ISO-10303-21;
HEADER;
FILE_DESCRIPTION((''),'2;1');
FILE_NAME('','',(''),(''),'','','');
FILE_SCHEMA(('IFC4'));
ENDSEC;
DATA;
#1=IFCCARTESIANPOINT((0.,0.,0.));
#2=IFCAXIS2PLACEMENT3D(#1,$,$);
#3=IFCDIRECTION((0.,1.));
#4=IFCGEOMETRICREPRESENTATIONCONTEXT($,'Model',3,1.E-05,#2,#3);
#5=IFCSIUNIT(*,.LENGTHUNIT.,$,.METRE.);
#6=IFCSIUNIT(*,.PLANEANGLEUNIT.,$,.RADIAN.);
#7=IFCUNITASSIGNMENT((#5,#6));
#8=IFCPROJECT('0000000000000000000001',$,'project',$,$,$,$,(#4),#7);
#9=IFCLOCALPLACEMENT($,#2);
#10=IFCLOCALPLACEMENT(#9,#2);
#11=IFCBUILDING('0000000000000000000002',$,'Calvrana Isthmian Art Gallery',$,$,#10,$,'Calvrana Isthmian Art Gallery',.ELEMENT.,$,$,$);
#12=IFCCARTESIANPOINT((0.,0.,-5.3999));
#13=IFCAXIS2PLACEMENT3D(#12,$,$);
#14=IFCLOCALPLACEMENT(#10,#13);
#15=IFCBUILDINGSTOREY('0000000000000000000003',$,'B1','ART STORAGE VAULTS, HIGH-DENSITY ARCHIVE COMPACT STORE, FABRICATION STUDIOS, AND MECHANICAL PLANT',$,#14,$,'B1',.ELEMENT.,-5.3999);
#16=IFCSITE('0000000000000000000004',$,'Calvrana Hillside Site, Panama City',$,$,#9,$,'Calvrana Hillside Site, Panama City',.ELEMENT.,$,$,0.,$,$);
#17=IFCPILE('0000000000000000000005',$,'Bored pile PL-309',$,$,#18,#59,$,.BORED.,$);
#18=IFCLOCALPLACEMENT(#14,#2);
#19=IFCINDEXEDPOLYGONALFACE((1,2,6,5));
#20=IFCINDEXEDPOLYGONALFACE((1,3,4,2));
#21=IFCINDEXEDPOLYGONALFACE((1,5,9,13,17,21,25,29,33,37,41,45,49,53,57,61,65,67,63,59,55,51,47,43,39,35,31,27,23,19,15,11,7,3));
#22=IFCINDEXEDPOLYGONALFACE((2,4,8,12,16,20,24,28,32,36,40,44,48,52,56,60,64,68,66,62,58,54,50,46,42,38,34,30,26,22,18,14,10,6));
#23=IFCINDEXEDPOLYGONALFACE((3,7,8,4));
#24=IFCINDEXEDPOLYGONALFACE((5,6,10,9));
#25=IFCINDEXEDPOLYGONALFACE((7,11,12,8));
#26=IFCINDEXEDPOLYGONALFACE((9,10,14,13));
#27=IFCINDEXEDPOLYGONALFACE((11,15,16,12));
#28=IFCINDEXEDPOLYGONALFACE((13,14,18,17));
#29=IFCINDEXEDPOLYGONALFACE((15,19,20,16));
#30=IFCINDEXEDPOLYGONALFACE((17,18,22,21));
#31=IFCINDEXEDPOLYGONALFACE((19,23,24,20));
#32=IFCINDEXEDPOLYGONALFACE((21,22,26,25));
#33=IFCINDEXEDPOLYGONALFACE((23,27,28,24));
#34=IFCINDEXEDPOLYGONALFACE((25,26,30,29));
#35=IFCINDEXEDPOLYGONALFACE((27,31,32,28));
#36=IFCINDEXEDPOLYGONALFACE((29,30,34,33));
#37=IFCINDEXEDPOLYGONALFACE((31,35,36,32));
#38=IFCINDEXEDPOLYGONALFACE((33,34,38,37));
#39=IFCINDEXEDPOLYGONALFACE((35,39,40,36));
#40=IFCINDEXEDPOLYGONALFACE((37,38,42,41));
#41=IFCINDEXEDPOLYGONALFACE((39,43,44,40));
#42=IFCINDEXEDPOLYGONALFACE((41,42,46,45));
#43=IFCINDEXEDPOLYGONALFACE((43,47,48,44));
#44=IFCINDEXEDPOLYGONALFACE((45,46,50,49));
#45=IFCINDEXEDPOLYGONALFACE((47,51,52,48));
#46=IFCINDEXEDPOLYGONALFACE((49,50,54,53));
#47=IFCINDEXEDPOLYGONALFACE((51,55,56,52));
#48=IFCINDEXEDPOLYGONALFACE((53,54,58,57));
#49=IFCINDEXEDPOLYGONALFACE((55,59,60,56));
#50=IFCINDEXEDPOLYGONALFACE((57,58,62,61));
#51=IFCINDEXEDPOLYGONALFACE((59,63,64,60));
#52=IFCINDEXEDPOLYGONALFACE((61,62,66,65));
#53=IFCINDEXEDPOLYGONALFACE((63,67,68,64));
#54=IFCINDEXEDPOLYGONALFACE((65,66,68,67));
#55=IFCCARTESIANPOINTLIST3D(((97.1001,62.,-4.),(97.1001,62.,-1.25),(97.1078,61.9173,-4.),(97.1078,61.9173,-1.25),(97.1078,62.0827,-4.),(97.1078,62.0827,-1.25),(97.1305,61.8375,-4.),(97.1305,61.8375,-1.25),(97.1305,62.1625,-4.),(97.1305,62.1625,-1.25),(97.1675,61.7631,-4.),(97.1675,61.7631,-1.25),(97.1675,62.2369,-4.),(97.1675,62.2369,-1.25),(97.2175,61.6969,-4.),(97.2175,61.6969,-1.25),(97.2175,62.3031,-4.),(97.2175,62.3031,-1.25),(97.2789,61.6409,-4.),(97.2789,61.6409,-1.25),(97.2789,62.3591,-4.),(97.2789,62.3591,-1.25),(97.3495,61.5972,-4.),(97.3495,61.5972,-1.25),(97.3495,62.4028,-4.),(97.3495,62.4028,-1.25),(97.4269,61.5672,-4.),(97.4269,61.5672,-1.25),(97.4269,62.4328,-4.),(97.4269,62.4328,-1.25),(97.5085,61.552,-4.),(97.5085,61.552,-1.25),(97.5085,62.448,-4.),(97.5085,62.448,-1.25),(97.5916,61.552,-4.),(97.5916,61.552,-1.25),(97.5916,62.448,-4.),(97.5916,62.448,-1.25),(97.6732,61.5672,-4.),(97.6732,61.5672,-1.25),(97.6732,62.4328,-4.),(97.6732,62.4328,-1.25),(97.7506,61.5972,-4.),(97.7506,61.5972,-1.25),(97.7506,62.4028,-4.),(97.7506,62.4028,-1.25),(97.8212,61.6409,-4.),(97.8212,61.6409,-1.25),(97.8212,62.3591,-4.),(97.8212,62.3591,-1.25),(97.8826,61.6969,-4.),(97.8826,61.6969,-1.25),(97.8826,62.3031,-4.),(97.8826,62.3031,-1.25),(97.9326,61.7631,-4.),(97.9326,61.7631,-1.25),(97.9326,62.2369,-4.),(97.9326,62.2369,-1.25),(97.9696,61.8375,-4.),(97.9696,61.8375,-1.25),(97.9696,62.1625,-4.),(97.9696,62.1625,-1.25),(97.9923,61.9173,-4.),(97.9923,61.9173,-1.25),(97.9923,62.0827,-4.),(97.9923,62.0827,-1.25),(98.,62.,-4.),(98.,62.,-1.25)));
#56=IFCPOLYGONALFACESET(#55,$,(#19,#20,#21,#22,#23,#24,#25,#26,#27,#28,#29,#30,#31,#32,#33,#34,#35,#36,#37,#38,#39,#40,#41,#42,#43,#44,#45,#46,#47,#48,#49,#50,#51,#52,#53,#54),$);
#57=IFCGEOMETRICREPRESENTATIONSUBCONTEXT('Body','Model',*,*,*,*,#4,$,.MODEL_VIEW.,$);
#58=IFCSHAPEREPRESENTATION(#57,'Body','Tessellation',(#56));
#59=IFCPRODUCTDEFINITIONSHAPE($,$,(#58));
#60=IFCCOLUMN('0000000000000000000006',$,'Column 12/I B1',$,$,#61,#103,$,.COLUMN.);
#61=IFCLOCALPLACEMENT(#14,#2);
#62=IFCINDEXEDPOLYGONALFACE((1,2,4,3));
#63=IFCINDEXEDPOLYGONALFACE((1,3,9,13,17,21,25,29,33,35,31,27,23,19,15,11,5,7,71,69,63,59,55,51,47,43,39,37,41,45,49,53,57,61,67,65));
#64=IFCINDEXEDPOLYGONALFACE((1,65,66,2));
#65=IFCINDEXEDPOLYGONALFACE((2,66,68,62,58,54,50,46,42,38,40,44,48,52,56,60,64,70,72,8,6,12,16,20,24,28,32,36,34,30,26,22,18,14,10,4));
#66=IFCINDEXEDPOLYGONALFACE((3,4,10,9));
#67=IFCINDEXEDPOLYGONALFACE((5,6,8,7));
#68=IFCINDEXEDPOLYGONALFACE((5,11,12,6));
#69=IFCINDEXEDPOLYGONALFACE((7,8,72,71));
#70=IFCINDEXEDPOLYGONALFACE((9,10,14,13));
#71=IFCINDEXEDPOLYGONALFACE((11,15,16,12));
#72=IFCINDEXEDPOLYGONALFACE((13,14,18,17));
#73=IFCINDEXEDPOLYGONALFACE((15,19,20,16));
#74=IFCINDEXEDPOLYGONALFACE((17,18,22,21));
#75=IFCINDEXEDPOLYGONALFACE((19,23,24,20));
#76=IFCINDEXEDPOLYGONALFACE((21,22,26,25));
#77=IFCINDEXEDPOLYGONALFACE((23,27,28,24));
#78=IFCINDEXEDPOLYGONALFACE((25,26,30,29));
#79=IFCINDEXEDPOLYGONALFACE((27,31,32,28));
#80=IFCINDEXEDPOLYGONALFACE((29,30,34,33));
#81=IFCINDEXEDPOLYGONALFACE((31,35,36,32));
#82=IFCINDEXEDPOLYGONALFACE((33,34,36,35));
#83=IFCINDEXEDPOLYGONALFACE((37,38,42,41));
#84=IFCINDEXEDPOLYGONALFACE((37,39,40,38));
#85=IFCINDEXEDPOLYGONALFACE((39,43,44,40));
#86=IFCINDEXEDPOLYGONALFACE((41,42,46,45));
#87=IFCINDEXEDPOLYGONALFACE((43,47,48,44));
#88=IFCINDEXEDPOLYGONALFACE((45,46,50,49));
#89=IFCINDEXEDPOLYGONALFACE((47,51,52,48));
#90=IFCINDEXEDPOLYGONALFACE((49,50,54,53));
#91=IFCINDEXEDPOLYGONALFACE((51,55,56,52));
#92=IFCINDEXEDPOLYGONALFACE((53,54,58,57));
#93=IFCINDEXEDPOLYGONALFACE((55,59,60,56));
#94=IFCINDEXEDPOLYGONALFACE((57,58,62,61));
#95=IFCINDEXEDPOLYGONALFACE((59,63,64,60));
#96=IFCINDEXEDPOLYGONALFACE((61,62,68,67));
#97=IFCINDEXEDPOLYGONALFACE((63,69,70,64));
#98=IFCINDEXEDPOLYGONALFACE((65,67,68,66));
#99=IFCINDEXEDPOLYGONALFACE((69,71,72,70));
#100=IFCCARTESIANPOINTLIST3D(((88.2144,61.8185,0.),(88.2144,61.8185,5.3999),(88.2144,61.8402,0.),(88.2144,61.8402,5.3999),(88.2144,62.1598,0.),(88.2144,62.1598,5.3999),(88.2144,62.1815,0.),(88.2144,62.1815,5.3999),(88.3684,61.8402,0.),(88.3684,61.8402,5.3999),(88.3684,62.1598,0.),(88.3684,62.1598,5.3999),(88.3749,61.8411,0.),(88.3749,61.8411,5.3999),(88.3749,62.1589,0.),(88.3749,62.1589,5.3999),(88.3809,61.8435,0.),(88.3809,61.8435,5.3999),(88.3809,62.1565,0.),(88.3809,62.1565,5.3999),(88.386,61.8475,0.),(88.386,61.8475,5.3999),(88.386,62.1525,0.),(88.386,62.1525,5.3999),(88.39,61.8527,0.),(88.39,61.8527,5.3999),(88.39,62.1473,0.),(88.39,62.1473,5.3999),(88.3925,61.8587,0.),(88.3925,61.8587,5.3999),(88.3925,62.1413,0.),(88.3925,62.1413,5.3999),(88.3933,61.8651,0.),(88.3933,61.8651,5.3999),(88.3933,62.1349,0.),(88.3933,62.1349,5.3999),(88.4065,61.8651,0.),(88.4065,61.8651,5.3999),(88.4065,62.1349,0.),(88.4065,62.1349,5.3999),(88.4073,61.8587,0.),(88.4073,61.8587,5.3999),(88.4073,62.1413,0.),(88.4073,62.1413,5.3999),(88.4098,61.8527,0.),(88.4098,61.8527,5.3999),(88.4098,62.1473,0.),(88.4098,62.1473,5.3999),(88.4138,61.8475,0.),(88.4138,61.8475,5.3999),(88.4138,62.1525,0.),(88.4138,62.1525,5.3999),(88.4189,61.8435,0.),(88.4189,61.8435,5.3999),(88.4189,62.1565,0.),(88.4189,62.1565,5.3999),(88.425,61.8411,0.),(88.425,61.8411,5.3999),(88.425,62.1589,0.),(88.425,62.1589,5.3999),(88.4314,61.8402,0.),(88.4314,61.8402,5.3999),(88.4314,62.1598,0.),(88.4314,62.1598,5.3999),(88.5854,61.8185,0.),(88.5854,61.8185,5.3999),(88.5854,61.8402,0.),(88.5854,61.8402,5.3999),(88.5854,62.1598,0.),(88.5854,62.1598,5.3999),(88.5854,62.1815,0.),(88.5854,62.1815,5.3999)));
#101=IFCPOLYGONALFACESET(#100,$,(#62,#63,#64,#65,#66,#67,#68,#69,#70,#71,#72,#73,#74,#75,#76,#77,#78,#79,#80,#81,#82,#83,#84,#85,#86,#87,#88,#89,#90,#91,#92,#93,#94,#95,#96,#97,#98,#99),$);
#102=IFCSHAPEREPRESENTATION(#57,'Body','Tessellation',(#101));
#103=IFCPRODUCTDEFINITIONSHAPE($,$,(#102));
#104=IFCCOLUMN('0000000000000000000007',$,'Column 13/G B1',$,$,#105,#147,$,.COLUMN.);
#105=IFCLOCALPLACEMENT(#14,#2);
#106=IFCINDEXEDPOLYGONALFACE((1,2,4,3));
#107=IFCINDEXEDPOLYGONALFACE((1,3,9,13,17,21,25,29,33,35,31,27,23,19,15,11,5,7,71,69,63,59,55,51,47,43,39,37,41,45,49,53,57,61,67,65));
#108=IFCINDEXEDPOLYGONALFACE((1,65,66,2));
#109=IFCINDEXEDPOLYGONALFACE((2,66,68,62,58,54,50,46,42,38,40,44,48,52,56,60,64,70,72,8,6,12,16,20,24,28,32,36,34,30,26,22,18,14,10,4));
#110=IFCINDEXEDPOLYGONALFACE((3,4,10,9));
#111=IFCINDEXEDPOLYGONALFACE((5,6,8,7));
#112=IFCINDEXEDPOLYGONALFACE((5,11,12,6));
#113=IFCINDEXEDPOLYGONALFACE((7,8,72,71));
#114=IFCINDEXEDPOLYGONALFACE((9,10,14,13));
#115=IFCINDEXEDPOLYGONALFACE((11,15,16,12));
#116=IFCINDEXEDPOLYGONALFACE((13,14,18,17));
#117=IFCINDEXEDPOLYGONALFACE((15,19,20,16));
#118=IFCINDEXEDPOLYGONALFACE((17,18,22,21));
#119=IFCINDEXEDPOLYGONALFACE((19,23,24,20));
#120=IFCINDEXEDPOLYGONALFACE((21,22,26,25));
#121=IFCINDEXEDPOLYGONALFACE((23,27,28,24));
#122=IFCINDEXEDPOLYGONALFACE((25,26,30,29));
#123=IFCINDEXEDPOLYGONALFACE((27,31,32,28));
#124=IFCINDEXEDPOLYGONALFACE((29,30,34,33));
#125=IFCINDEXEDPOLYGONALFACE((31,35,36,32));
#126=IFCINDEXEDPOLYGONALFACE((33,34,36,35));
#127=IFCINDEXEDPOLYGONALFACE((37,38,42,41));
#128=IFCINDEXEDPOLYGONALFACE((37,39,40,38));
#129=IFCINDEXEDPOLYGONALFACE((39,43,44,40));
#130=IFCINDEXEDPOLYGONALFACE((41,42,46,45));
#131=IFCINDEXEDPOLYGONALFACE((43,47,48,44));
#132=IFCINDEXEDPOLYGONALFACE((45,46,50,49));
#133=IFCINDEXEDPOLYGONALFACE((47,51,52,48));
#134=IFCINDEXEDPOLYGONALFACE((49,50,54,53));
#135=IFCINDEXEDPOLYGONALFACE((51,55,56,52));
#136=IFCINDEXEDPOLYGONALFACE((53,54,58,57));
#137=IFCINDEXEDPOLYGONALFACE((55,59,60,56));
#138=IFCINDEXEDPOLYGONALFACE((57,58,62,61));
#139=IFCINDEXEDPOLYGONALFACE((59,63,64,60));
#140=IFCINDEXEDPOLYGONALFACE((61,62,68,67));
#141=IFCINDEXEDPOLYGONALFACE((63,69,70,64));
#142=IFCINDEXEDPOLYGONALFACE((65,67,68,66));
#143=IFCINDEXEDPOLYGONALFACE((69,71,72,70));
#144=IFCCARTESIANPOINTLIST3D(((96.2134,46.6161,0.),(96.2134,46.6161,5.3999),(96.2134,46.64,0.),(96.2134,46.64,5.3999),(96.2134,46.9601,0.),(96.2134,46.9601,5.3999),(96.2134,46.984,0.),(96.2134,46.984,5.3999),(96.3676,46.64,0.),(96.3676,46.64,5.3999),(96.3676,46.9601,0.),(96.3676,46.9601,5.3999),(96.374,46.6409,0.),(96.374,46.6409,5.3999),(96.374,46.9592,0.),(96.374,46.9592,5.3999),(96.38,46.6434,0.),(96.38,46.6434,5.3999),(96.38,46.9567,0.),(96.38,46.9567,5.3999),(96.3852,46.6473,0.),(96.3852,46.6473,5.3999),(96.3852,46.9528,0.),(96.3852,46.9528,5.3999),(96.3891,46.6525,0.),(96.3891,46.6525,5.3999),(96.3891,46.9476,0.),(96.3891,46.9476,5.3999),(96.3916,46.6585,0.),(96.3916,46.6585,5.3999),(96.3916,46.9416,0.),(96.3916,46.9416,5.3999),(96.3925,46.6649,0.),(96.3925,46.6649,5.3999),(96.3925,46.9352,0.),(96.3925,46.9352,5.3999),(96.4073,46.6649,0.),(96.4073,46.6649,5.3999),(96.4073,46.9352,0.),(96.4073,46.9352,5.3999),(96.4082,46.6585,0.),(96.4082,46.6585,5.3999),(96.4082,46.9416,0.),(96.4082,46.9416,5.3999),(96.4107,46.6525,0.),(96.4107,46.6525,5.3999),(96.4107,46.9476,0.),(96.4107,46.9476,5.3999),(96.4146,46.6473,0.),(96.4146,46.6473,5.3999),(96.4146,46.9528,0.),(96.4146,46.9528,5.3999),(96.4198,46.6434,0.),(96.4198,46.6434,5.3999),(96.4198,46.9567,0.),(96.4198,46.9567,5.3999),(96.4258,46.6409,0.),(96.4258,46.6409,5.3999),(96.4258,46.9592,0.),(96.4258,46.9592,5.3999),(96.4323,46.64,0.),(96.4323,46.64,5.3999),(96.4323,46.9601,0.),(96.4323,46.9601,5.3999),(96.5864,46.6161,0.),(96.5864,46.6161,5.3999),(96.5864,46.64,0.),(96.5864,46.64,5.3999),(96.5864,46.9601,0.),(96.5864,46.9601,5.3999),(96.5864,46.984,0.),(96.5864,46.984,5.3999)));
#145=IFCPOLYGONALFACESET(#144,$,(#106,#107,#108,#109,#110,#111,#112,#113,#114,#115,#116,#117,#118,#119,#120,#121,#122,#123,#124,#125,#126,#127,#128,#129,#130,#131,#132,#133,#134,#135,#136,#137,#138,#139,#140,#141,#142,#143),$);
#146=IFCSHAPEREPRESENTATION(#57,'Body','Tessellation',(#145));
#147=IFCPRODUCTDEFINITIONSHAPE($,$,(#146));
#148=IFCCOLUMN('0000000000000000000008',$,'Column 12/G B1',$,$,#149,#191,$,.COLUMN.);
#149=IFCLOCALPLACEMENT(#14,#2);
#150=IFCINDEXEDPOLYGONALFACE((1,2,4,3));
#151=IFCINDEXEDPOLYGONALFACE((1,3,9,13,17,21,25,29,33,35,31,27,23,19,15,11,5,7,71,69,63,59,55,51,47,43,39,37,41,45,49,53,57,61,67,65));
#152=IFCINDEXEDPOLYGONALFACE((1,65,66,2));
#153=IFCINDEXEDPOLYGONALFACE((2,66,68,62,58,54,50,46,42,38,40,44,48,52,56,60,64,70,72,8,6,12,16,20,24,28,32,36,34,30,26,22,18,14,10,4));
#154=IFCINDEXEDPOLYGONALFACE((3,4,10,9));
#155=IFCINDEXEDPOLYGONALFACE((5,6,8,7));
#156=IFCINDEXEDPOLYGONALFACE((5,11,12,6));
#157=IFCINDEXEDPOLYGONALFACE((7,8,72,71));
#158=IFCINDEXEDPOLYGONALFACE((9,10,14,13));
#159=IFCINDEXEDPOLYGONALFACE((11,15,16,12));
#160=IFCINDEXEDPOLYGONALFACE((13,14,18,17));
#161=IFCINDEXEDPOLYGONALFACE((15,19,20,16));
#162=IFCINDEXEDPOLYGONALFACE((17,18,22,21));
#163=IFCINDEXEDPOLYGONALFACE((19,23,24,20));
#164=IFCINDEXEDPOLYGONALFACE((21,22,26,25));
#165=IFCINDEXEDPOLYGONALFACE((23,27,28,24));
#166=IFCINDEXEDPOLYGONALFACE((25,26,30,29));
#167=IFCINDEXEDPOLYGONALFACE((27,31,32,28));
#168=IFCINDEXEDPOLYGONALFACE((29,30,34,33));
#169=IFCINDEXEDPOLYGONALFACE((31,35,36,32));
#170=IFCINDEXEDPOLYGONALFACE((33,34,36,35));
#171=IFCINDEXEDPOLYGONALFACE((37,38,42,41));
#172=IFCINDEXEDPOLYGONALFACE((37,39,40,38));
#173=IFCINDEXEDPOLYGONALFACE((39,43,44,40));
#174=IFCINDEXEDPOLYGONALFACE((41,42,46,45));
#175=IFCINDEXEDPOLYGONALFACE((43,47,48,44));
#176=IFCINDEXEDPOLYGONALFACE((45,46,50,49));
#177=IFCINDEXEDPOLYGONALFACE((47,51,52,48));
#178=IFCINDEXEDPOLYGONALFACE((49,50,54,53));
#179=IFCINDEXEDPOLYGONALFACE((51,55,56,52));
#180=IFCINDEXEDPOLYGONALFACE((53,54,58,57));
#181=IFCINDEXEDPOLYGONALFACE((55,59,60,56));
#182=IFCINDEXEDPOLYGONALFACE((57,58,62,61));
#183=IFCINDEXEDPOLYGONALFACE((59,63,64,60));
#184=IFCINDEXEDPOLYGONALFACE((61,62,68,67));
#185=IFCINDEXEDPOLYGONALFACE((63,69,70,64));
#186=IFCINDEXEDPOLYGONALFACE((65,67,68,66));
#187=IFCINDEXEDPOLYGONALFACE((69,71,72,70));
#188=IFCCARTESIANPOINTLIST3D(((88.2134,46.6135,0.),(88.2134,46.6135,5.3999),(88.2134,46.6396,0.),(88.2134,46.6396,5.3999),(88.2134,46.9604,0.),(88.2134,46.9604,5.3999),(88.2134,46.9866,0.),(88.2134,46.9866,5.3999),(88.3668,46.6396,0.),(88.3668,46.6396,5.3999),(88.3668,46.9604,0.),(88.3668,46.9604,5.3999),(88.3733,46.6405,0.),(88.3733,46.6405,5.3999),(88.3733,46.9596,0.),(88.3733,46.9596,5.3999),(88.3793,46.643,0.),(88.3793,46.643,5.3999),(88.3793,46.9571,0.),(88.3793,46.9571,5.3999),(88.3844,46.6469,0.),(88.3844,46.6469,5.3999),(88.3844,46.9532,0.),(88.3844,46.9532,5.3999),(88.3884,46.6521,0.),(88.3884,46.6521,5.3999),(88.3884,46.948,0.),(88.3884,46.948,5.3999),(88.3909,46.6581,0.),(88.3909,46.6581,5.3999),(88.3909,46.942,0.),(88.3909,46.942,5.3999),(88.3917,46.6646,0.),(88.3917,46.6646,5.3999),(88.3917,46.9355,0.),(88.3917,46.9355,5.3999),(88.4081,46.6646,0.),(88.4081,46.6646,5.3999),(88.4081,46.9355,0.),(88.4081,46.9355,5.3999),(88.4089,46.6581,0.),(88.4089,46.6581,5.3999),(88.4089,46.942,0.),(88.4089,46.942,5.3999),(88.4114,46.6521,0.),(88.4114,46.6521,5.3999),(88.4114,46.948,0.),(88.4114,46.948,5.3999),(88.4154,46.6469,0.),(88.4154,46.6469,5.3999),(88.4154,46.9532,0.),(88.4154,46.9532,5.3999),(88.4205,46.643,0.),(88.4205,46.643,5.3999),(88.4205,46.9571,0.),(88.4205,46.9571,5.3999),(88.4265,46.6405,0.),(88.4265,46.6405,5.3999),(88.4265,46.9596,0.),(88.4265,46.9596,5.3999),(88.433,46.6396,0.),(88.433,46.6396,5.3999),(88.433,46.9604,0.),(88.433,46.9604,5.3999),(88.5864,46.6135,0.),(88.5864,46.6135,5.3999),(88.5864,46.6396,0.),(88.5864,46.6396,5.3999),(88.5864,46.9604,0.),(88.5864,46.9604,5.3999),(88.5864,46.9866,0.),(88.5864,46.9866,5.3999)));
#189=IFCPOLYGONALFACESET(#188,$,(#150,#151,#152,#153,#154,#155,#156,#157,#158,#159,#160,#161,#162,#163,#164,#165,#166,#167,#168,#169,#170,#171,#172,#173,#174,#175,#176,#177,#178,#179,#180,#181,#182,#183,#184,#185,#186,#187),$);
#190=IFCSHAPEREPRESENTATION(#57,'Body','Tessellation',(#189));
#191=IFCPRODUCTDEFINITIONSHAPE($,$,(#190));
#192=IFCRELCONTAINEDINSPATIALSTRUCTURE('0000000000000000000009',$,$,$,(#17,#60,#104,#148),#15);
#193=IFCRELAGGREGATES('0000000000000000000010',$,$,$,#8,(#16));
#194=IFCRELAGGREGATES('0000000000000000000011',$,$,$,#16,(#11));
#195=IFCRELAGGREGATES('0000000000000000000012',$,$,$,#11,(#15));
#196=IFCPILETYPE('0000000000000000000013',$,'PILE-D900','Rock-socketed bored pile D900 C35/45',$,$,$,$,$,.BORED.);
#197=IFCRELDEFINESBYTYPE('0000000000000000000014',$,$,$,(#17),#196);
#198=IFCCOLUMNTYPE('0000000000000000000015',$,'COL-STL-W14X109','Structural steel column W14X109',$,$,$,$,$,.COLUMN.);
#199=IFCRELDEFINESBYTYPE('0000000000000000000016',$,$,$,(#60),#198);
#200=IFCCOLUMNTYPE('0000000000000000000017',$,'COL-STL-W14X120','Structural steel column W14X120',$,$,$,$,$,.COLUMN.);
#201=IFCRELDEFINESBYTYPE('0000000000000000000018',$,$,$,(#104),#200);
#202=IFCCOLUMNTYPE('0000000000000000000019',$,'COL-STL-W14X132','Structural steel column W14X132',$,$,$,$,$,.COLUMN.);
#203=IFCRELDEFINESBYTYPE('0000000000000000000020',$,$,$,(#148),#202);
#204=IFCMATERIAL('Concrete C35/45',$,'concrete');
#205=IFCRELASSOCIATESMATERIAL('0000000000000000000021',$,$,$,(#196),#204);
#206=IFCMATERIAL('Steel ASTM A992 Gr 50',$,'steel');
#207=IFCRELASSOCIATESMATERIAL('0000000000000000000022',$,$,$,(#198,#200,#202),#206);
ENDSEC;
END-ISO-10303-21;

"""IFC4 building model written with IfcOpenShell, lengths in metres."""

from ifc_helpers import new_model, si_unit, direction, frame, origin, origin_2d, place, context, subcontext, project, spatial, circle, i_section, extrude, material, material_profile, profile_set, type_object, element, save


model = new_model("IFC4")

# Units and contexts
model_context = context("Model", 3, precision=1e-05, world=origin(), true_north=direction((0.0, 1.0)))
body_context = subcontext(model_context, "Body", "Model", "MODEL_VIEW")
ifc_project = project(units=[si_unit("LENGTHUNIT", "METRE"), si_unit("PLANEANGLEUNIT", "RADIAN")], contexts=[model_context])

# Site, building, storey
site_placement = place(None, origin())
site = spatial("IfcSite", under=ifc_project, at=site_placement, Name="Calvrana Hillside Site, Panama City", LongName="Calvrana Hillside Site, Panama City", CompositionType="ELEMENT", RefElevation=0.0)
building_placement = place(site_placement, origin())
building = spatial("IfcBuilding", under=site, at=building_placement, Name="Calvrana Isthmian Art Gallery", LongName="Calvrana Isthmian Art Gallery", CompositionType="ELEMENT")
storey_placement = place(building_placement, frame((0.0, 0.0, -5.3999)))
storey = spatial("IfcBuildingStorey", under=building, at=storey_placement, Name="B1", Description="ART STORAGE VAULTS, HIGH-DENSITY ARCHIVE COMPACT STORE, FABRICATION STUDIOS, AND MECHANICAL PLANT", LongName="B1", CompositionType="ELEMENT", Elevation=-5.3999)

# Shared definitions
ifc_material_1 = material(Name="Concrete C35/45", Category="concrete")

# Pile
ifc_material_profile_1 = material_profile(ifc_material_1, circle(Radius=0.45, at=origin_2d()), Name="PILE900D")
ifc_profile_set_1 = profile_set([ifc_material_profile_1], Name="Concrete C35/45")
pile_type_1 = type_object("IfcPileType", Name="PILE-D900", Description="Rock-socketed bored pile D900 C35/45", PredefinedType="BORED", material=ifc_profile_set_1)
for number, where, z_axis, x_axis, name in (
    (1, (97.55, 62.0, -1.25), (0.0, 0.0, -1.0), (1.0, 0.0, 0.0), "Bored pile PL-309"),
):
    element("IfcPile", number, at=place(storey_placement, frame(where, z_axis=z_axis, x_axis=x_axis)), inside=storey, type_object=pile_type_1, Name=name, PredefinedType="BORED", context=body_context, shape_type="SweptSolid", body=[
        extrude(circle(Radius=0.45, at=origin_2d()), origin(), (0.0, 0.0, 1.0), 2.75),
    ])

# Columns
ifc_material_2 = material(Name="Steel ASTM A992 Gr 50", Category="steel")
ifc_material_profile_2 = material_profile(ifc_material_2, i_section(OverallWidth=0.3711, OverallDepth=0.363, WebThickness=0.0132, FlangeThickness=0.0217, FilletRadius=0.0249, at=origin_2d()), Name="W14X109")
ifc_profile_set_2 = profile_set([ifc_material_profile_2], Name="Steel ASTM A992 Gr 50")
column_type_1 = type_object("IfcColumnType", Name="COL-STL-W14X109", Description="Structural steel column W14X109", PredefinedType="COLUMN", material=ifc_profile_set_2)
column_1_placement = place(storey_placement, frame((88.3999, 62.0, 0.0), z_axis=(0.0, 0.0, 1.0), x_axis=(1.0, 0.0, 0.0)))
element("IfcColumn", 2, at=column_1_placement, inside=storey, type_object=column_type_1, Name="Column 12/I B1", PredefinedType="COLUMN", context=body_context, shape_type="SweptSolid", body=[
    extrude(i_section(OverallWidth=0.3711, OverallDepth=0.363, WebThickness=0.0132, FlangeThickness=0.0217, FilletRadius=0.0249, at=origin_2d()), origin(), (0.0, 0.0, 1.0), 5.3999),
])
ifc_material_profile_3 = material_profile(ifc_material_2, i_section(OverallWidth=0.373, OverallDepth=0.3679, WebThickness=0.0149, FlangeThickness=0.0239, FilletRadius=0.0249, at=origin_2d()), Name="W14X120")
ifc_profile_set_3 = profile_set([ifc_material_profile_3], Name="Steel ASTM A992 Gr 50")
column_type_2 = type_object("IfcColumnType", Name="COL-STL-W14X120", Description="Structural steel column W14X120", PredefinedType="COLUMN", material=ifc_profile_set_3)
column_2_placement = place(storey_placement, frame((96.3999, 46.8, 0.0), z_axis=(0.0, 0.0, 1.0), x_axis=(1.0, 0.0, 0.0)))
element("IfcColumn", 3, at=column_2_placement, inside=storey, type_object=column_type_2, Name="Column 13/G B1", PredefinedType="COLUMN", context=body_context, shape_type="SweptSolid", body=[
    extrude(i_section(OverallWidth=0.373, OverallDepth=0.3679, WebThickness=0.0149, FlangeThickness=0.0239, FilletRadius=0.0249, at=origin_2d()), origin(), (0.0, 0.0, 1.0), 5.3999),
])
ifc_material_profile_4 = material_profile(ifc_material_2, i_section(OverallWidth=0.373, OverallDepth=0.373, WebThickness=0.0164, FlangeThickness=0.0261, FilletRadius=0.0249, at=origin_2d()), Name="W14X132")
ifc_profile_set_4 = profile_set([ifc_material_profile_4], Name="Steel ASTM A992 Gr 50")
column_type_3 = type_object("IfcColumnType", Name="COL-STL-W14X132", Description="Structural steel column W14X132", PredefinedType="COLUMN", material=ifc_profile_set_4)
for number, where, z_axis, x_axis, name in (
    (4, (88.3999, 46.8, 0.0), (0.0, 0.0, 1.0), (1.0, 0.0, 0.0), "Column 12/G B1"),
):
    element("IfcColumn", number, at=place(storey_placement, frame(where, z_axis=z_axis, x_axis=x_axis)), inside=storey, type_object=column_type_3, Name=name, PredefinedType="COLUMN", context=body_context, shape_type="SweptSolid", body=[
        extrude(i_section(OverallWidth=0.373, OverallDepth=0.373, WebThickness=0.0164, FlangeThickness=0.0261, FilletRadius=0.0249, at=origin_2d()), origin(), (0.0, 0.0, 1.0), 5.3999),
    ])

save(model, "model.ifc")
